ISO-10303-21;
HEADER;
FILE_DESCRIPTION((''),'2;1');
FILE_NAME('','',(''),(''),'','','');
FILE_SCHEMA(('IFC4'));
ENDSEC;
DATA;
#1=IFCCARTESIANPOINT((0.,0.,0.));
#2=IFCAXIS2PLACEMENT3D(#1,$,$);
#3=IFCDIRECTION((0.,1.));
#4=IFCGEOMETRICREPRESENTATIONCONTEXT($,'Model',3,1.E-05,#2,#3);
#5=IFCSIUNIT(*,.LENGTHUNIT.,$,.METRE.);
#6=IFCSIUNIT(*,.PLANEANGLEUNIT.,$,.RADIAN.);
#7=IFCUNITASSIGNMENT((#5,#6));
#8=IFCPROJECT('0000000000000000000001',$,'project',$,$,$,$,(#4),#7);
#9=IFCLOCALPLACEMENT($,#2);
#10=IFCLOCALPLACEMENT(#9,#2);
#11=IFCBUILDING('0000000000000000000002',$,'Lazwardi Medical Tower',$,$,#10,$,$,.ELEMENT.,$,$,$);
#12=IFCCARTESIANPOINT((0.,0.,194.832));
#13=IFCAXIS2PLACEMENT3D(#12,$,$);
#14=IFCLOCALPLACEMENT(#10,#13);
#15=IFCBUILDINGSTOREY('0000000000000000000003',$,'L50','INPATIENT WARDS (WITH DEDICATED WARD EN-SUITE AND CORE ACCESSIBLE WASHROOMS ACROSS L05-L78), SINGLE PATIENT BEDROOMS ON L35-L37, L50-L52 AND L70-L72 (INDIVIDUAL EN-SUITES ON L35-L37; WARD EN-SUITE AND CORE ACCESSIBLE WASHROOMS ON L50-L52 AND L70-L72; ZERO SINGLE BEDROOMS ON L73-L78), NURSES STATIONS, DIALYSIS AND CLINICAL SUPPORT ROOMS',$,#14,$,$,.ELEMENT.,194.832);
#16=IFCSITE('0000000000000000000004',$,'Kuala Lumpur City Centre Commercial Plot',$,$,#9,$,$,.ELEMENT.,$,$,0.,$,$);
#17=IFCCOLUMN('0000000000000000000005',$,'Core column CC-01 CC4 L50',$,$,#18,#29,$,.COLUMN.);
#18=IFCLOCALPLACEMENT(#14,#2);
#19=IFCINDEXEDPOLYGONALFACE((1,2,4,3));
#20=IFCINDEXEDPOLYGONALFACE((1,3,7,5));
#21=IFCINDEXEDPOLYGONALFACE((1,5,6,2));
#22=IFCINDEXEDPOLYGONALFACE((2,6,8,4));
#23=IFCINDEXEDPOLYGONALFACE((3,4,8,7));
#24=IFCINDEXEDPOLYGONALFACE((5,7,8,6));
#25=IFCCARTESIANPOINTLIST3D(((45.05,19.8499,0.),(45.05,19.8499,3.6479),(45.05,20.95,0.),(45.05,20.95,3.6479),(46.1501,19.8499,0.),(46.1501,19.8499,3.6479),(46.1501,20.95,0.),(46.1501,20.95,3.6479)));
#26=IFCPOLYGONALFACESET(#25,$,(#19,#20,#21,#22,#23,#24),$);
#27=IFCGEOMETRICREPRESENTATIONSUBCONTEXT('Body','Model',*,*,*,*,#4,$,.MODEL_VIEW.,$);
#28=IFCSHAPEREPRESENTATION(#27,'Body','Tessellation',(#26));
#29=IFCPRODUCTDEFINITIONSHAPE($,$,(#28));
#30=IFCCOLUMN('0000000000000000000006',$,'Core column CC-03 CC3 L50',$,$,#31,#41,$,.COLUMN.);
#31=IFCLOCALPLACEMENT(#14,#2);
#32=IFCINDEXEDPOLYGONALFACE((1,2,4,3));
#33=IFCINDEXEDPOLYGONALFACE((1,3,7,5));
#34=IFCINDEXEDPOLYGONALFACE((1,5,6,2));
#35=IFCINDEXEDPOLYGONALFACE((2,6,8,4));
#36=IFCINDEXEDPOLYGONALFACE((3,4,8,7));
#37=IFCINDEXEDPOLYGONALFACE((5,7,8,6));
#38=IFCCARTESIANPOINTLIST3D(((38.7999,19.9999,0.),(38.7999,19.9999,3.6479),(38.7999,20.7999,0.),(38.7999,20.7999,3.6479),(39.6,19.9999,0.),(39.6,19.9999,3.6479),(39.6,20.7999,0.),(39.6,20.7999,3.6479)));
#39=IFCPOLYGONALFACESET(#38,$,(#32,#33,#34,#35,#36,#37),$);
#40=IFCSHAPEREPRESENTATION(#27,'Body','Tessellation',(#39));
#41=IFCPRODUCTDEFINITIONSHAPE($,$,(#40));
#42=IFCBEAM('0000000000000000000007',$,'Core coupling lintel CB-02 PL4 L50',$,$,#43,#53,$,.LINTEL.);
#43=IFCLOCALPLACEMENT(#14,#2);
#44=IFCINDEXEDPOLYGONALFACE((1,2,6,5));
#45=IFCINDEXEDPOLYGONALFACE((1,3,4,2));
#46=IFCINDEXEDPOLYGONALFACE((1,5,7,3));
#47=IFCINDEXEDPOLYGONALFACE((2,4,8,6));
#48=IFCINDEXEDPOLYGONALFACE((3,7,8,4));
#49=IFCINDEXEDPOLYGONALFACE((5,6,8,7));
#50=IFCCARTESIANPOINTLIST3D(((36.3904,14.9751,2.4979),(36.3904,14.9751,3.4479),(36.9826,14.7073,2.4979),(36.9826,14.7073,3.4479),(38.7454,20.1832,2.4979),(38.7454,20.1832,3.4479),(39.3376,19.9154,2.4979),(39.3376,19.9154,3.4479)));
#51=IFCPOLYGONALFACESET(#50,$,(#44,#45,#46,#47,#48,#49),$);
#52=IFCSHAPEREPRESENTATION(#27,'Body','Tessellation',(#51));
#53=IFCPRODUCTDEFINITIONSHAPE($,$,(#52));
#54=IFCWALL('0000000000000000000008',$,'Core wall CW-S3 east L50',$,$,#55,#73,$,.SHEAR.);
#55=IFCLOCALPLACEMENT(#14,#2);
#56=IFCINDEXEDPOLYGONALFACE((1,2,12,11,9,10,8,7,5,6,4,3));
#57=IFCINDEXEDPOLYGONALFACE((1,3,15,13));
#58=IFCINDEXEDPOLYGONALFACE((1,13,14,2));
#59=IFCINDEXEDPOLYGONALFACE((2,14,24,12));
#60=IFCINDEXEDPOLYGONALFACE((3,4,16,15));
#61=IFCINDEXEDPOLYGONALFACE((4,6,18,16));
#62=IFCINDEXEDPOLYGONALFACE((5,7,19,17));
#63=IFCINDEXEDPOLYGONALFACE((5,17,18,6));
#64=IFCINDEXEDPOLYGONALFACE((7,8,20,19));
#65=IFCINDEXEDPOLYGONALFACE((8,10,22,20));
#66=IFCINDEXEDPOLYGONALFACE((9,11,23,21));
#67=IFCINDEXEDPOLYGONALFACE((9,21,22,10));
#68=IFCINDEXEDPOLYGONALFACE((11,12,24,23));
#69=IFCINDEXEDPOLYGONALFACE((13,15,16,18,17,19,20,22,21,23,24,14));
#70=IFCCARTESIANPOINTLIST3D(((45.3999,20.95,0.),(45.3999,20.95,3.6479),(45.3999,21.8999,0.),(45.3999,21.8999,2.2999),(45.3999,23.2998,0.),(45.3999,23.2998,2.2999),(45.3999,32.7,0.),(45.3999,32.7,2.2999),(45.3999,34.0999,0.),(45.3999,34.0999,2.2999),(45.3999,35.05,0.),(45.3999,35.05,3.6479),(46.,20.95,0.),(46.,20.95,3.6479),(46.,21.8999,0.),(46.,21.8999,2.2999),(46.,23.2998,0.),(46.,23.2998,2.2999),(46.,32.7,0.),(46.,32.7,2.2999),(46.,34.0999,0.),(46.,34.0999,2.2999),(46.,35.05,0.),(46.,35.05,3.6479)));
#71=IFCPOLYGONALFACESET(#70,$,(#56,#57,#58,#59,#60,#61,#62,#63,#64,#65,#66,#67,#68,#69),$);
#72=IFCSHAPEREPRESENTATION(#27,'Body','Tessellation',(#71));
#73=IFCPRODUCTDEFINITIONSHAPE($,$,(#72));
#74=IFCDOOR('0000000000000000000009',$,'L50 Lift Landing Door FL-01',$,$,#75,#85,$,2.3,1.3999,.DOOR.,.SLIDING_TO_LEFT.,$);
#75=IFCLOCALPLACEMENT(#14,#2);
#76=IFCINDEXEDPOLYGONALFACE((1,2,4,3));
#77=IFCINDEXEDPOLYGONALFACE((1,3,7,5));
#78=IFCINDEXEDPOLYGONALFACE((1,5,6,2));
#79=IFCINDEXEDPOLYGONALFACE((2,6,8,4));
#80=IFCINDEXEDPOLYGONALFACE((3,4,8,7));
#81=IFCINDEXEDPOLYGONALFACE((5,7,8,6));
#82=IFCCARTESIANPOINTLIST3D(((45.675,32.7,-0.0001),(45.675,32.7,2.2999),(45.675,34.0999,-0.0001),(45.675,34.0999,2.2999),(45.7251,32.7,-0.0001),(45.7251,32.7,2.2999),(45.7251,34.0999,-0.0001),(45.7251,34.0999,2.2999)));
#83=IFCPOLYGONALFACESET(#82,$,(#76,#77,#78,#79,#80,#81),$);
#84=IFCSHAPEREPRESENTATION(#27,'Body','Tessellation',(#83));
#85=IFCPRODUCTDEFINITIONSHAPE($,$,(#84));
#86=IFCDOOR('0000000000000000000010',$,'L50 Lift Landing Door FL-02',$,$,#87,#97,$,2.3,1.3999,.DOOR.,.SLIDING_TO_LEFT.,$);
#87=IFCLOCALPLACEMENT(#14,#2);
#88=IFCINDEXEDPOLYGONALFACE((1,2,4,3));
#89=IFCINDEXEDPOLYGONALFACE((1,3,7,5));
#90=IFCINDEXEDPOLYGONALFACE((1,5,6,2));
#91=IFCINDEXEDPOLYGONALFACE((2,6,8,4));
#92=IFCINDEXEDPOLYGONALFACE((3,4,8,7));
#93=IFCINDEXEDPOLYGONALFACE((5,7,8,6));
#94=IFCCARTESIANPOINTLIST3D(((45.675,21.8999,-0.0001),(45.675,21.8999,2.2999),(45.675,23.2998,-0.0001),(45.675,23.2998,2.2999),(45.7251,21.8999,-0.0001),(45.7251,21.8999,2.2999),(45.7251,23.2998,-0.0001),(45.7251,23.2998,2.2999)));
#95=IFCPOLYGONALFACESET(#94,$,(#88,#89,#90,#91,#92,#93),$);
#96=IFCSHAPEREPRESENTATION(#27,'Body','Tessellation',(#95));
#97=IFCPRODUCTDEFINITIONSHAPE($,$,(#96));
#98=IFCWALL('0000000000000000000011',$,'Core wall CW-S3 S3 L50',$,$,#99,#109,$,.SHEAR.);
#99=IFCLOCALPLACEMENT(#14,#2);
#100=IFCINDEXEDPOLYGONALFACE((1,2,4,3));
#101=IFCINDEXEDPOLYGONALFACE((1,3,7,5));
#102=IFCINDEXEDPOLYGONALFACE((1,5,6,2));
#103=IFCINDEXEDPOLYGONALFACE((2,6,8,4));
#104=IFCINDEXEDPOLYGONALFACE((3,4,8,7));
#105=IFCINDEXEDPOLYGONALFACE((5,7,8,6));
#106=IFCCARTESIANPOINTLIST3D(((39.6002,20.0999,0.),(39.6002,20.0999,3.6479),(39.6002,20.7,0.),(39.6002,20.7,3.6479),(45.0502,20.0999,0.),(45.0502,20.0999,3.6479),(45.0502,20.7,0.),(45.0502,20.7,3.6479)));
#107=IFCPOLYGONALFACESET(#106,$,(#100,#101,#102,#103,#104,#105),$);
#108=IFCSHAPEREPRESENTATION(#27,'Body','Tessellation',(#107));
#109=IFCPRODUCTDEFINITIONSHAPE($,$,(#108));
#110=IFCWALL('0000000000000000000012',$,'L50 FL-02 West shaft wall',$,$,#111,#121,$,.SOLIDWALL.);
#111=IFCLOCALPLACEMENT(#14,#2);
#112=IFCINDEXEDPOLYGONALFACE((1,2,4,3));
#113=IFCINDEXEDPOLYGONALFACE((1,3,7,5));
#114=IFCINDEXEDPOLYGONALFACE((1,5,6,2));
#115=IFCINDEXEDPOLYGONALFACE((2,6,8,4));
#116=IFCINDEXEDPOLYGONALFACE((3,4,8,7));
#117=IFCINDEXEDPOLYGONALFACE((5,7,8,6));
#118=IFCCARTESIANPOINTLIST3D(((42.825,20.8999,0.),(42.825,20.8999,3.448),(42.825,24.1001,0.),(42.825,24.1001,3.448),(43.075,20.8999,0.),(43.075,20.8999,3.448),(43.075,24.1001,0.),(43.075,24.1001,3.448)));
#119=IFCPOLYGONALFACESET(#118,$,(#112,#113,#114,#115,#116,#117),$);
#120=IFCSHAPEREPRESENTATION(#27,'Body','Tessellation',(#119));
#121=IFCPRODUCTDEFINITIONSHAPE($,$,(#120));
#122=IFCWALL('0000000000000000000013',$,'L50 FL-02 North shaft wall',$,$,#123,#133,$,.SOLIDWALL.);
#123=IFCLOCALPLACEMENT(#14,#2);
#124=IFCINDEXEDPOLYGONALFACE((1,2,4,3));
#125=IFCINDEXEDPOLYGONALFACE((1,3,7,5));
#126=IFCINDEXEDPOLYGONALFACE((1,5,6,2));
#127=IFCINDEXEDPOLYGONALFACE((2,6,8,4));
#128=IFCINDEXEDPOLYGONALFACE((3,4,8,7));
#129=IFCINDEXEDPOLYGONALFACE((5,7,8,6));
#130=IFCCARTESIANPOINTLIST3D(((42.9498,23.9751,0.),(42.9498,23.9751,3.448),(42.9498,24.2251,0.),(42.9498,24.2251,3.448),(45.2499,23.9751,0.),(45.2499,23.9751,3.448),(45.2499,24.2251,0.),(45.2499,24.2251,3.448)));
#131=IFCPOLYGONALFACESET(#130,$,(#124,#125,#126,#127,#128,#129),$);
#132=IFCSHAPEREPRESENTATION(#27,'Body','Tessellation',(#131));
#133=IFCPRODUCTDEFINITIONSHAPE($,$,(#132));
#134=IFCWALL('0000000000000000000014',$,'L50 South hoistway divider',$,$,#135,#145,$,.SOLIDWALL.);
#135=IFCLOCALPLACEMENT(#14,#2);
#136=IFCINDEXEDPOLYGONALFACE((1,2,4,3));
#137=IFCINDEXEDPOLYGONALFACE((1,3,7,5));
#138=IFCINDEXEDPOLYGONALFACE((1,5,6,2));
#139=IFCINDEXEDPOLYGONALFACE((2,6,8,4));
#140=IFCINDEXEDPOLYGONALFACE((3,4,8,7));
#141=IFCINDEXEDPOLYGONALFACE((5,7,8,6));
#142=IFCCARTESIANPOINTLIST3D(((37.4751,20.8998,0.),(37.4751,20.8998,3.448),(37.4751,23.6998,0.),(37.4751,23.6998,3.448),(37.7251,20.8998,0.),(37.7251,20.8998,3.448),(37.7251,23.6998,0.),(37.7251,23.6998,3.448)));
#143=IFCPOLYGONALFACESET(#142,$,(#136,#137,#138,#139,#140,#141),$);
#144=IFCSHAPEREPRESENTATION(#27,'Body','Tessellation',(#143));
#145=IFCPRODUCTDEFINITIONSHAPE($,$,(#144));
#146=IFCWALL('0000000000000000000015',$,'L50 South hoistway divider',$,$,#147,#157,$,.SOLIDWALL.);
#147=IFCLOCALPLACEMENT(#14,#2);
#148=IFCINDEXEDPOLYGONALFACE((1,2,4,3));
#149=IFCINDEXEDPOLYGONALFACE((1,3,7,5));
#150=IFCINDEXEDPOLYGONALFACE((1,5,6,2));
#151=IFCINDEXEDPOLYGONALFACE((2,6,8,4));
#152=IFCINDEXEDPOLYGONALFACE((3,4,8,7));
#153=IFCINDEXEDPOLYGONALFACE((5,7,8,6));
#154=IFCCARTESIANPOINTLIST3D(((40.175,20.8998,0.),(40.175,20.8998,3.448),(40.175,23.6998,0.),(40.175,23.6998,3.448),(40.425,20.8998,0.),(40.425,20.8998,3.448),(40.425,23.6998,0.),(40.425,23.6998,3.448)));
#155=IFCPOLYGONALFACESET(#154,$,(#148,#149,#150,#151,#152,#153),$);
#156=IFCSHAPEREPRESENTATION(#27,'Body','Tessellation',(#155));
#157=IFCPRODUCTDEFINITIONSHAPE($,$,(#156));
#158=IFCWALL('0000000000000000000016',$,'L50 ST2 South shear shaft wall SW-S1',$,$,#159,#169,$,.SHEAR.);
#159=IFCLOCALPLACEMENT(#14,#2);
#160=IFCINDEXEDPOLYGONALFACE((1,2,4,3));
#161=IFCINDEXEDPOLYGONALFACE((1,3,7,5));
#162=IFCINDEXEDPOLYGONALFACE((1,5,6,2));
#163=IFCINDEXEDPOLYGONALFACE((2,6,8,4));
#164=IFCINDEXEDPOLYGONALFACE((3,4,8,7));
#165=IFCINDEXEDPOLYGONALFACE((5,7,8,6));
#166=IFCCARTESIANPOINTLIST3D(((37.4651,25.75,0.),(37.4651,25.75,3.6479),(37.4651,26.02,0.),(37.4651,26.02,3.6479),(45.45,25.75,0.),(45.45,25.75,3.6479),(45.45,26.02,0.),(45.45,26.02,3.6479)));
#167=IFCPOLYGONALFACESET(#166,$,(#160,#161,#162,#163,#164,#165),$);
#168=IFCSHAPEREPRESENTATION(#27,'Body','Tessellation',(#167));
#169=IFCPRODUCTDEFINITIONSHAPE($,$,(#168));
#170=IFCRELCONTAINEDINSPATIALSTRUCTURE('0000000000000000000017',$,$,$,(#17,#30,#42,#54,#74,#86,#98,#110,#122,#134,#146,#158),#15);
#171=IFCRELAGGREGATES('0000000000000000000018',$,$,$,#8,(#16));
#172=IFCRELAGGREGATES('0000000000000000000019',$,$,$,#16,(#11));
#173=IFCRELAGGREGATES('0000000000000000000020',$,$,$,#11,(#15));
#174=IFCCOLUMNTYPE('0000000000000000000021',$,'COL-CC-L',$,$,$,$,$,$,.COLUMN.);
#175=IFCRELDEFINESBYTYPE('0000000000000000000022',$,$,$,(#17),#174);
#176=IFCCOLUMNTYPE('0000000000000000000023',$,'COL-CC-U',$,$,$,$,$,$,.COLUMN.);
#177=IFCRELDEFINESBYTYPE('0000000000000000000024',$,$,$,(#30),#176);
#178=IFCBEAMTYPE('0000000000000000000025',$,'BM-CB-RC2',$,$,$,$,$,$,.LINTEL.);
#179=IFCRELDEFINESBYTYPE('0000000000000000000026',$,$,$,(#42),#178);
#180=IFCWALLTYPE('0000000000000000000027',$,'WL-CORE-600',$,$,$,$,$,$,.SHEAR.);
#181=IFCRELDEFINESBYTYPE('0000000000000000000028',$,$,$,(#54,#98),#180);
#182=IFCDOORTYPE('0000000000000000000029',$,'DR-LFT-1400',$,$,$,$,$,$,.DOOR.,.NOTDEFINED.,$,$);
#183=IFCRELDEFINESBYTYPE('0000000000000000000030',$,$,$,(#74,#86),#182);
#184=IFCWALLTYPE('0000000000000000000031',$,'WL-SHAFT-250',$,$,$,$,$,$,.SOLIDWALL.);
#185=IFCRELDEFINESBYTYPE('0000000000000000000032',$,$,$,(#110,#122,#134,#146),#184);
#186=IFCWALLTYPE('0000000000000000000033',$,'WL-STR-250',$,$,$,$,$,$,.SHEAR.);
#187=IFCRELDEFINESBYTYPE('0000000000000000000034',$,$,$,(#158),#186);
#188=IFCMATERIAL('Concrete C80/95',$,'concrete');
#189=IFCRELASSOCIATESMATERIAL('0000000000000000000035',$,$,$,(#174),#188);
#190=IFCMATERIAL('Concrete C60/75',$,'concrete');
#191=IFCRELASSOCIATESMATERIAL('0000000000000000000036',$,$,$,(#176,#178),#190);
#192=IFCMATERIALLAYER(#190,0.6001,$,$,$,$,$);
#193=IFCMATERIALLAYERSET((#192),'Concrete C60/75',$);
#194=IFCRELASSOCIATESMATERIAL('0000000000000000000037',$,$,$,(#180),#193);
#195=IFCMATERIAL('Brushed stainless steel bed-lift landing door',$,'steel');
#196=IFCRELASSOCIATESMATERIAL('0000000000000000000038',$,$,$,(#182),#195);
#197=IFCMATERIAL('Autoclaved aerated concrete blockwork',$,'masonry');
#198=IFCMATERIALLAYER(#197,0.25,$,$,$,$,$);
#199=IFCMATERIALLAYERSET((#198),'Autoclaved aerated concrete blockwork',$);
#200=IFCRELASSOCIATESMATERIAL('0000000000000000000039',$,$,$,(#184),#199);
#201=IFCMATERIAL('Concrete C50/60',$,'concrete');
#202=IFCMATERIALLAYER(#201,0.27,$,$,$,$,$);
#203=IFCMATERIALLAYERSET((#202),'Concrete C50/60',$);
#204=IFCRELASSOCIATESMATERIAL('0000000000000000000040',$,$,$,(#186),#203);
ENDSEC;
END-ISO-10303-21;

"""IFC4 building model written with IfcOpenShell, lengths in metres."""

from ifc_helpers import new_model, si_unit, direction, frame, frame_2d, origin, origin_2d, place, context, subcontext, project, spatial, rectangle, extrude, material, layer, layer_set, material_profile, profile_set, type_object, element, fill, save


model = new_model("IFC4")

# Units and contexts
model_context = context("Model", 3, precision=1e-05, world=origin(), true_north=direction((0.0, 1.0)))
body_context = subcontext(model_context, "Body", "Model", "MODEL_VIEW")
ifc_project = project(units=[si_unit("LENGTHUNIT", "METRE"), si_unit("PLANEANGLEUNIT", "RADIAN")], contexts=[model_context])

# Site, building, storey
site_placement = place(None, origin())
site = spatial("IfcSite", under=ifc_project, at=site_placement, Name="Kuala Lumpur City Centre Commercial Plot", CompositionType="ELEMENT", RefElevation=0.0)
building_placement = place(site_placement, origin())
building = spatial("IfcBuilding", under=site, at=building_placement, Name="Lazwardi Medical Tower", CompositionType="ELEMENT")
storey_placement = place(building_placement, frame((0.0, 0.0, 194.832)))
storey = spatial("IfcBuildingStorey", under=building, at=storey_placement, Name="L50", Description="INPATIENT WARDS (WITH DEDICATED WARD EN-SUITE AND CORE ACCESSIBLE WASHROOMS ACROSS L05-L78), SINGLE PATIENT BEDROOMS ON L35-L37, L50-L52 AND L70-L72 (INDIVIDUAL EN-SUITES ON L35-L37; WARD EN-SUITE AND CORE ACCESSIBLE WASHROOMS ON L50-L52 AND L70-L72; ZERO SINGLE BEDROOMS ON L73-L78), NURSES STATIONS, DIALYSIS AND CLINICAL SUPPORT ROOMS", CompositionType="ELEMENT", Elevation=194.832)

# Columns
ifc_material_1 = material(Name="Concrete C80/95", Category="concrete")
ifc_material_profile_1 = material_profile(ifc_material_1, rectangle(XDim=1.1001, YDim=1.1001, at=origin_2d()), Name="RC 1100x1100")
ifc_profile_set_1 = profile_set([ifc_material_profile_1], Name="Concrete C80/95")
column_type_1 = type_object("IfcColumnType", Name="COL-CC-L", PredefinedType="COLUMN", material=ifc_profile_set_1)
column_1_placement = place(storey_placement, frame((45.6001, 20.3999, 0.0), z_axis=(0.0, 0.0, 1.0), x_axis=(1.0, 0.0, 0.0)))
element("IfcColumn", 1, at=column_1_placement, inside=storey, type_object=column_type_1, Name="Core column CC-01 CC4 L50", PredefinedType="COLUMN", context=body_context, shape_type="SweptSolid", body=[
    extrude(rectangle(XDim=1.1001, YDim=1.1001, at=origin_2d()), origin(), (0.0, 0.0, 1.0), 3.6479),
])
ifc_material_2 = material(Name="Concrete C60/75", Category="concrete")
ifc_material_profile_2 = material_profile(ifc_material_2, rectangle(XDim=0.8, YDim=0.8, at=origin_2d()), Name="RC 800x800")
ifc_profile_set_2 = profile_set([ifc_material_profile_2], Name="Concrete C60/75")
column_type_2 = type_object("IfcColumnType", Name="COL-CC-U", PredefinedType="COLUMN", material=ifc_profile_set_2)
column_2_placement = place(storey_placement, frame((39.2, 20.3999, 0.0), z_axis=(0.0, 0.0, 1.0), x_axis=(1.0, 0.0, 0.0)))
element("IfcColumn", 2, at=column_2_placement, inside=storey, type_object=column_type_2, Name="Core column CC-03 CC3 L50", PredefinedType="COLUMN", context=body_context, shape_type="SweptSolid", body=[
    extrude(rectangle(XDim=0.8, YDim=0.8, at=origin_2d()), origin(), (0.0, 0.0, 1.0), 3.6479),
])

# Beam
ifc_material_profile_3 = material_profile(ifc_material_2, rectangle(XDim=0.6499, YDim=0.95, at=origin_2d()), Name="RC 650x950")
ifc_profile_set_3 = profile_set([ifc_material_profile_3], Name="Concrete C60/75")
beam_type = type_object("IfcBeamType", Name="BM-CB-RC2", PredefinedType="LINTEL", material=ifc_profile_set_3)
beam_placement = place(storey_placement, frame((39.0415, 20.0493, 2.9729), z_axis=(-0.412019, -0.911175, 0.0), x_axis=(0.911175, -0.412019, 0.0)))
element("IfcBeam", 3, at=beam_placement, inside=storey, type_object=beam_type, Name="Core coupling lintel CB-02 PL4 L50", PredefinedType="LINTEL", context=body_context, shape_type="SweptSolid", body=[
    extrude(rectangle(XDim=0.6499, YDim=0.95, at=origin_2d()), origin(), (0.0, 0.0, 1.0), 5.7158),
])

# Wall, openings, doors
ifc_layer_1 = layer(ifc_material_2, 0.6001)
ifc_layer_set_1 = layer_set([ifc_layer_1], Name="Concrete C60/75")
wall_type_1 = type_object("IfcWallType", Name="WL-CORE-600", PredefinedType="SHEAR", material=ifc_layer_set_1)
wall_1_placement = place(storey_placement, frame((45.7, 20.95, 0.0), z_axis=(0.0, 0.0, 1.0), x_axis=(0.0, 1.0, 0.0)))
wall_1 = element("IfcWall", 4, at=wall_1_placement, inside=storey, type_object=wall_type_1, Name="Core wall CW-S3 east L50", PredefinedType="SHEAR", context=body_context, shape_type="SweptSolid", body=[
    extrude(rectangle(XDim=14.1001, YDim=0.6001, at=frame_2d((7.05, 0.0))), origin(), (0.0, 0.0, 1.0), 3.6479),
])
opening_1_placement = place(wall_1_placement, frame((11.75, 0.0, 0.0)))
opening_1 = element("IfcOpeningElement", 5, at=opening_1_placement, cuts=wall_1, PredefinedType="OPENING", context=body_context, shape_type="SweptSolid", body=[
    extrude(rectangle(XDim=1.3999, YDim=2.3, at=frame_2d((0.7, 1.1499))), frame((0.0, 0.3101, 0.0), z_axis=(0.0, -1.0, 0.0), x_axis=(1.0, 0.0, 0.0)), (0.0, 0.0, 1.0), 0.6201),
])
opening_2_placement = place(wall_1_placement, frame((0.95, 0.0, 0.0)))
opening_2 = element("IfcOpeningElement", 6, at=opening_2_placement, cuts=wall_1, PredefinedType="OPENING", context=body_context, shape_type="SweptSolid", body=[
    extrude(rectangle(XDim=1.3999, YDim=2.3, at=frame_2d((0.7, 1.1499))), frame((0.0, 0.3101, 0.0), z_axis=(0.0, -1.0, 0.0), x_axis=(1.0, 0.0, 0.0)), (0.0, 0.0, 1.0), 0.6201),
])
ifc_material_3 = material(Name="Brushed stainless steel bed-lift landing door", Category="steel")
door_type_1 = type_object("IfcDoorType", Name="DR-LFT-1400", OperationType="NOTDEFINED", PredefinedType="DOOR", material=ifc_material_3)
door_1_placement = place(opening_1_placement, origin())
door_1 = element("IfcDoor", 7, at=door_1_placement, inside=storey, type_object=door_type_1, Name="L50 Lift Landing Door FL-01", OperationType="SLIDING_TO_LEFT", OverallHeight=2.3, OverallWidth=1.3999, PredefinedType="DOOR", context=body_context, shape_type="SweptSolid", body=[
    extrude(rectangle(XDim=1.3999, YDim=2.3, at=frame_2d((0.7, 1.1499))), frame((0.0, 0.0249, 0.0), z_axis=(0.0, -1.0, 0.0), x_axis=(1.0, 0.0, 0.0)), (0.0, 0.0, 1.0), 0.05),
])
fill(opening_1, door_1)
door_2_placement = place(opening_2_placement, origin())
door_2 = element("IfcDoor", 8, at=door_2_placement, inside=storey, type_object=door_type_1, Name="L50 Lift Landing Door FL-02", OperationType="SLIDING_TO_LEFT", OverallHeight=2.3, OverallWidth=1.3999, PredefinedType="DOOR", context=body_context, shape_type="SweptSolid", body=[
    extrude(rectangle(XDim=1.3999, YDim=2.3, at=frame_2d((0.7, 1.1499))), frame((0.0, 0.0249, 0.0), z_axis=(0.0, -1.0, 0.0), x_axis=(1.0, 0.0, 0.0)), (0.0, 0.0, 1.0), 0.05),
])
fill(opening_2, door_2)

# Walls
wall_2_placement = place(storey_placement, frame((39.6001, 20.3999, 0.0), z_axis=(0.0, 0.0, 1.0), x_axis=(1.0, 0.0, 0.0)))
element("IfcWall", 9, at=wall_2_placement, inside=storey, type_object=wall_type_1, Name="Core wall CW-S3 S3 L50", PredefinedType="SHEAR", context=body_context, shape_type="SweptSolid", body=[
    extrude(rectangle(XDim=5.45, YDim=0.6001, at=frame_2d((2.7251, 0.0))), origin(), (0.0, 0.0, 1.0), 3.6479),
])
ifc_material_4 = material(Name="Autoclaved aerated concrete blockwork", Category="masonry")
ifc_layer_2 = layer(ifc_material_4, 0.25)
ifc_layer_set_2 = layer_set([ifc_layer_2], Name="Autoclaved aerated concrete blockwork")
wall_type_2 = type_object("IfcWallType", Name="WL-SHAFT-250", PredefinedType="SOLIDWALL", material=ifc_layer_set_2)
wall_3_placement = place(storey_placement, frame((42.95, 20.8999, 0.0), z_axis=(0.0, 0.0, 1.0), x_axis=(0.0, 1.0, 0.0)))
element("IfcWall", 10, at=wall_3_placement, inside=storey, type_object=wall_type_2, Name="L50 FL-02 West shaft wall", PredefinedType="SOLIDWALL", context=body_context, shape_type="SweptSolid", body=[
    extrude(rectangle(XDim=3.2002, YDim=0.25, at=frame_2d((1.6001, 0.0))), origin(), (0.0, 0.0, 1.0), 3.448),
])
wall_4_placement = place(storey_placement, frame((42.95, 24.1001, 0.0), z_axis=(0.0, 0.0, 1.0), x_axis=(1.0, 0.0, 0.0)))
element("IfcWall", 11, at=wall_4_placement, inside=storey, type_object=wall_type_2, Name="L50 FL-02 North shaft wall", PredefinedType="SOLIDWALL", context=body_context, shape_type="SweptSolid", body=[
    extrude(rectangle(XDim=2.3, YDim=0.25, at=frame_2d((1.1499, 0.0))), origin(), (0.0, 0.0, 1.0), 3.448),
])
for number, where, z_axis, x_axis, name in (
    (12, (37.6001, 20.8999, 0.0), (0.0, 0.0, 1.0), (0.0, 1.0, 0.0), "L50 South hoistway divider"),
    (13, (40.3, 20.8999, 0.0), (0.0, 0.0, 1.0), (0.0, 1.0, 0.0), "L50 South hoistway divider"),
):
    element("IfcWall", number, at=place(storey_placement, frame(where, z_axis=z_axis, x_axis=x_axis)), inside=storey, type_object=wall_type_2, Name=name, PredefinedType="SOLIDWALL", context=body_context, shape_type="SweptSolid", body=[
        extrude(rectangle(XDim=2.8, YDim=0.25, at=frame_2d((1.3999, 0.0))), origin(), (0.0, 0.0, 1.0), 3.448),
    ])

# Shared definitions
ifc_material_5 = material(Name="Concrete C50/60", Category="concrete")
ifc_layer_3 = layer(ifc_material_5, 0.27)
ifc_layer_set_3 = layer_set([ifc_layer_3], Name="Concrete C50/60")
wall_type_3 = type_object("IfcWallType", Name="WL-STR-250", PredefinedType="SHEAR", material=ifc_layer_set_3)

# Wall
wall_5_placement = place(storey_placement, frame((37.4651, 25.885, 0.0), z_axis=(0.0, 0.0, 1.0), x_axis=(1.0, 0.0, 0.0)))
element("IfcWall", 14, at=wall_5_placement, inside=storey, type_object=wall_type_3, Name="L50 ST2 South shear shaft wall SW-S1", PredefinedType="SHEAR", context=body_context, shape_type="SweptSolid", body=[
    extrude(rectangle(XDim=7.9849, YDim=0.27, at=frame_2d((3.9924, 0.0))), origin(), (0.0, 0.0, 1.0), 3.6479),
])

save(model, "model.ifc")
